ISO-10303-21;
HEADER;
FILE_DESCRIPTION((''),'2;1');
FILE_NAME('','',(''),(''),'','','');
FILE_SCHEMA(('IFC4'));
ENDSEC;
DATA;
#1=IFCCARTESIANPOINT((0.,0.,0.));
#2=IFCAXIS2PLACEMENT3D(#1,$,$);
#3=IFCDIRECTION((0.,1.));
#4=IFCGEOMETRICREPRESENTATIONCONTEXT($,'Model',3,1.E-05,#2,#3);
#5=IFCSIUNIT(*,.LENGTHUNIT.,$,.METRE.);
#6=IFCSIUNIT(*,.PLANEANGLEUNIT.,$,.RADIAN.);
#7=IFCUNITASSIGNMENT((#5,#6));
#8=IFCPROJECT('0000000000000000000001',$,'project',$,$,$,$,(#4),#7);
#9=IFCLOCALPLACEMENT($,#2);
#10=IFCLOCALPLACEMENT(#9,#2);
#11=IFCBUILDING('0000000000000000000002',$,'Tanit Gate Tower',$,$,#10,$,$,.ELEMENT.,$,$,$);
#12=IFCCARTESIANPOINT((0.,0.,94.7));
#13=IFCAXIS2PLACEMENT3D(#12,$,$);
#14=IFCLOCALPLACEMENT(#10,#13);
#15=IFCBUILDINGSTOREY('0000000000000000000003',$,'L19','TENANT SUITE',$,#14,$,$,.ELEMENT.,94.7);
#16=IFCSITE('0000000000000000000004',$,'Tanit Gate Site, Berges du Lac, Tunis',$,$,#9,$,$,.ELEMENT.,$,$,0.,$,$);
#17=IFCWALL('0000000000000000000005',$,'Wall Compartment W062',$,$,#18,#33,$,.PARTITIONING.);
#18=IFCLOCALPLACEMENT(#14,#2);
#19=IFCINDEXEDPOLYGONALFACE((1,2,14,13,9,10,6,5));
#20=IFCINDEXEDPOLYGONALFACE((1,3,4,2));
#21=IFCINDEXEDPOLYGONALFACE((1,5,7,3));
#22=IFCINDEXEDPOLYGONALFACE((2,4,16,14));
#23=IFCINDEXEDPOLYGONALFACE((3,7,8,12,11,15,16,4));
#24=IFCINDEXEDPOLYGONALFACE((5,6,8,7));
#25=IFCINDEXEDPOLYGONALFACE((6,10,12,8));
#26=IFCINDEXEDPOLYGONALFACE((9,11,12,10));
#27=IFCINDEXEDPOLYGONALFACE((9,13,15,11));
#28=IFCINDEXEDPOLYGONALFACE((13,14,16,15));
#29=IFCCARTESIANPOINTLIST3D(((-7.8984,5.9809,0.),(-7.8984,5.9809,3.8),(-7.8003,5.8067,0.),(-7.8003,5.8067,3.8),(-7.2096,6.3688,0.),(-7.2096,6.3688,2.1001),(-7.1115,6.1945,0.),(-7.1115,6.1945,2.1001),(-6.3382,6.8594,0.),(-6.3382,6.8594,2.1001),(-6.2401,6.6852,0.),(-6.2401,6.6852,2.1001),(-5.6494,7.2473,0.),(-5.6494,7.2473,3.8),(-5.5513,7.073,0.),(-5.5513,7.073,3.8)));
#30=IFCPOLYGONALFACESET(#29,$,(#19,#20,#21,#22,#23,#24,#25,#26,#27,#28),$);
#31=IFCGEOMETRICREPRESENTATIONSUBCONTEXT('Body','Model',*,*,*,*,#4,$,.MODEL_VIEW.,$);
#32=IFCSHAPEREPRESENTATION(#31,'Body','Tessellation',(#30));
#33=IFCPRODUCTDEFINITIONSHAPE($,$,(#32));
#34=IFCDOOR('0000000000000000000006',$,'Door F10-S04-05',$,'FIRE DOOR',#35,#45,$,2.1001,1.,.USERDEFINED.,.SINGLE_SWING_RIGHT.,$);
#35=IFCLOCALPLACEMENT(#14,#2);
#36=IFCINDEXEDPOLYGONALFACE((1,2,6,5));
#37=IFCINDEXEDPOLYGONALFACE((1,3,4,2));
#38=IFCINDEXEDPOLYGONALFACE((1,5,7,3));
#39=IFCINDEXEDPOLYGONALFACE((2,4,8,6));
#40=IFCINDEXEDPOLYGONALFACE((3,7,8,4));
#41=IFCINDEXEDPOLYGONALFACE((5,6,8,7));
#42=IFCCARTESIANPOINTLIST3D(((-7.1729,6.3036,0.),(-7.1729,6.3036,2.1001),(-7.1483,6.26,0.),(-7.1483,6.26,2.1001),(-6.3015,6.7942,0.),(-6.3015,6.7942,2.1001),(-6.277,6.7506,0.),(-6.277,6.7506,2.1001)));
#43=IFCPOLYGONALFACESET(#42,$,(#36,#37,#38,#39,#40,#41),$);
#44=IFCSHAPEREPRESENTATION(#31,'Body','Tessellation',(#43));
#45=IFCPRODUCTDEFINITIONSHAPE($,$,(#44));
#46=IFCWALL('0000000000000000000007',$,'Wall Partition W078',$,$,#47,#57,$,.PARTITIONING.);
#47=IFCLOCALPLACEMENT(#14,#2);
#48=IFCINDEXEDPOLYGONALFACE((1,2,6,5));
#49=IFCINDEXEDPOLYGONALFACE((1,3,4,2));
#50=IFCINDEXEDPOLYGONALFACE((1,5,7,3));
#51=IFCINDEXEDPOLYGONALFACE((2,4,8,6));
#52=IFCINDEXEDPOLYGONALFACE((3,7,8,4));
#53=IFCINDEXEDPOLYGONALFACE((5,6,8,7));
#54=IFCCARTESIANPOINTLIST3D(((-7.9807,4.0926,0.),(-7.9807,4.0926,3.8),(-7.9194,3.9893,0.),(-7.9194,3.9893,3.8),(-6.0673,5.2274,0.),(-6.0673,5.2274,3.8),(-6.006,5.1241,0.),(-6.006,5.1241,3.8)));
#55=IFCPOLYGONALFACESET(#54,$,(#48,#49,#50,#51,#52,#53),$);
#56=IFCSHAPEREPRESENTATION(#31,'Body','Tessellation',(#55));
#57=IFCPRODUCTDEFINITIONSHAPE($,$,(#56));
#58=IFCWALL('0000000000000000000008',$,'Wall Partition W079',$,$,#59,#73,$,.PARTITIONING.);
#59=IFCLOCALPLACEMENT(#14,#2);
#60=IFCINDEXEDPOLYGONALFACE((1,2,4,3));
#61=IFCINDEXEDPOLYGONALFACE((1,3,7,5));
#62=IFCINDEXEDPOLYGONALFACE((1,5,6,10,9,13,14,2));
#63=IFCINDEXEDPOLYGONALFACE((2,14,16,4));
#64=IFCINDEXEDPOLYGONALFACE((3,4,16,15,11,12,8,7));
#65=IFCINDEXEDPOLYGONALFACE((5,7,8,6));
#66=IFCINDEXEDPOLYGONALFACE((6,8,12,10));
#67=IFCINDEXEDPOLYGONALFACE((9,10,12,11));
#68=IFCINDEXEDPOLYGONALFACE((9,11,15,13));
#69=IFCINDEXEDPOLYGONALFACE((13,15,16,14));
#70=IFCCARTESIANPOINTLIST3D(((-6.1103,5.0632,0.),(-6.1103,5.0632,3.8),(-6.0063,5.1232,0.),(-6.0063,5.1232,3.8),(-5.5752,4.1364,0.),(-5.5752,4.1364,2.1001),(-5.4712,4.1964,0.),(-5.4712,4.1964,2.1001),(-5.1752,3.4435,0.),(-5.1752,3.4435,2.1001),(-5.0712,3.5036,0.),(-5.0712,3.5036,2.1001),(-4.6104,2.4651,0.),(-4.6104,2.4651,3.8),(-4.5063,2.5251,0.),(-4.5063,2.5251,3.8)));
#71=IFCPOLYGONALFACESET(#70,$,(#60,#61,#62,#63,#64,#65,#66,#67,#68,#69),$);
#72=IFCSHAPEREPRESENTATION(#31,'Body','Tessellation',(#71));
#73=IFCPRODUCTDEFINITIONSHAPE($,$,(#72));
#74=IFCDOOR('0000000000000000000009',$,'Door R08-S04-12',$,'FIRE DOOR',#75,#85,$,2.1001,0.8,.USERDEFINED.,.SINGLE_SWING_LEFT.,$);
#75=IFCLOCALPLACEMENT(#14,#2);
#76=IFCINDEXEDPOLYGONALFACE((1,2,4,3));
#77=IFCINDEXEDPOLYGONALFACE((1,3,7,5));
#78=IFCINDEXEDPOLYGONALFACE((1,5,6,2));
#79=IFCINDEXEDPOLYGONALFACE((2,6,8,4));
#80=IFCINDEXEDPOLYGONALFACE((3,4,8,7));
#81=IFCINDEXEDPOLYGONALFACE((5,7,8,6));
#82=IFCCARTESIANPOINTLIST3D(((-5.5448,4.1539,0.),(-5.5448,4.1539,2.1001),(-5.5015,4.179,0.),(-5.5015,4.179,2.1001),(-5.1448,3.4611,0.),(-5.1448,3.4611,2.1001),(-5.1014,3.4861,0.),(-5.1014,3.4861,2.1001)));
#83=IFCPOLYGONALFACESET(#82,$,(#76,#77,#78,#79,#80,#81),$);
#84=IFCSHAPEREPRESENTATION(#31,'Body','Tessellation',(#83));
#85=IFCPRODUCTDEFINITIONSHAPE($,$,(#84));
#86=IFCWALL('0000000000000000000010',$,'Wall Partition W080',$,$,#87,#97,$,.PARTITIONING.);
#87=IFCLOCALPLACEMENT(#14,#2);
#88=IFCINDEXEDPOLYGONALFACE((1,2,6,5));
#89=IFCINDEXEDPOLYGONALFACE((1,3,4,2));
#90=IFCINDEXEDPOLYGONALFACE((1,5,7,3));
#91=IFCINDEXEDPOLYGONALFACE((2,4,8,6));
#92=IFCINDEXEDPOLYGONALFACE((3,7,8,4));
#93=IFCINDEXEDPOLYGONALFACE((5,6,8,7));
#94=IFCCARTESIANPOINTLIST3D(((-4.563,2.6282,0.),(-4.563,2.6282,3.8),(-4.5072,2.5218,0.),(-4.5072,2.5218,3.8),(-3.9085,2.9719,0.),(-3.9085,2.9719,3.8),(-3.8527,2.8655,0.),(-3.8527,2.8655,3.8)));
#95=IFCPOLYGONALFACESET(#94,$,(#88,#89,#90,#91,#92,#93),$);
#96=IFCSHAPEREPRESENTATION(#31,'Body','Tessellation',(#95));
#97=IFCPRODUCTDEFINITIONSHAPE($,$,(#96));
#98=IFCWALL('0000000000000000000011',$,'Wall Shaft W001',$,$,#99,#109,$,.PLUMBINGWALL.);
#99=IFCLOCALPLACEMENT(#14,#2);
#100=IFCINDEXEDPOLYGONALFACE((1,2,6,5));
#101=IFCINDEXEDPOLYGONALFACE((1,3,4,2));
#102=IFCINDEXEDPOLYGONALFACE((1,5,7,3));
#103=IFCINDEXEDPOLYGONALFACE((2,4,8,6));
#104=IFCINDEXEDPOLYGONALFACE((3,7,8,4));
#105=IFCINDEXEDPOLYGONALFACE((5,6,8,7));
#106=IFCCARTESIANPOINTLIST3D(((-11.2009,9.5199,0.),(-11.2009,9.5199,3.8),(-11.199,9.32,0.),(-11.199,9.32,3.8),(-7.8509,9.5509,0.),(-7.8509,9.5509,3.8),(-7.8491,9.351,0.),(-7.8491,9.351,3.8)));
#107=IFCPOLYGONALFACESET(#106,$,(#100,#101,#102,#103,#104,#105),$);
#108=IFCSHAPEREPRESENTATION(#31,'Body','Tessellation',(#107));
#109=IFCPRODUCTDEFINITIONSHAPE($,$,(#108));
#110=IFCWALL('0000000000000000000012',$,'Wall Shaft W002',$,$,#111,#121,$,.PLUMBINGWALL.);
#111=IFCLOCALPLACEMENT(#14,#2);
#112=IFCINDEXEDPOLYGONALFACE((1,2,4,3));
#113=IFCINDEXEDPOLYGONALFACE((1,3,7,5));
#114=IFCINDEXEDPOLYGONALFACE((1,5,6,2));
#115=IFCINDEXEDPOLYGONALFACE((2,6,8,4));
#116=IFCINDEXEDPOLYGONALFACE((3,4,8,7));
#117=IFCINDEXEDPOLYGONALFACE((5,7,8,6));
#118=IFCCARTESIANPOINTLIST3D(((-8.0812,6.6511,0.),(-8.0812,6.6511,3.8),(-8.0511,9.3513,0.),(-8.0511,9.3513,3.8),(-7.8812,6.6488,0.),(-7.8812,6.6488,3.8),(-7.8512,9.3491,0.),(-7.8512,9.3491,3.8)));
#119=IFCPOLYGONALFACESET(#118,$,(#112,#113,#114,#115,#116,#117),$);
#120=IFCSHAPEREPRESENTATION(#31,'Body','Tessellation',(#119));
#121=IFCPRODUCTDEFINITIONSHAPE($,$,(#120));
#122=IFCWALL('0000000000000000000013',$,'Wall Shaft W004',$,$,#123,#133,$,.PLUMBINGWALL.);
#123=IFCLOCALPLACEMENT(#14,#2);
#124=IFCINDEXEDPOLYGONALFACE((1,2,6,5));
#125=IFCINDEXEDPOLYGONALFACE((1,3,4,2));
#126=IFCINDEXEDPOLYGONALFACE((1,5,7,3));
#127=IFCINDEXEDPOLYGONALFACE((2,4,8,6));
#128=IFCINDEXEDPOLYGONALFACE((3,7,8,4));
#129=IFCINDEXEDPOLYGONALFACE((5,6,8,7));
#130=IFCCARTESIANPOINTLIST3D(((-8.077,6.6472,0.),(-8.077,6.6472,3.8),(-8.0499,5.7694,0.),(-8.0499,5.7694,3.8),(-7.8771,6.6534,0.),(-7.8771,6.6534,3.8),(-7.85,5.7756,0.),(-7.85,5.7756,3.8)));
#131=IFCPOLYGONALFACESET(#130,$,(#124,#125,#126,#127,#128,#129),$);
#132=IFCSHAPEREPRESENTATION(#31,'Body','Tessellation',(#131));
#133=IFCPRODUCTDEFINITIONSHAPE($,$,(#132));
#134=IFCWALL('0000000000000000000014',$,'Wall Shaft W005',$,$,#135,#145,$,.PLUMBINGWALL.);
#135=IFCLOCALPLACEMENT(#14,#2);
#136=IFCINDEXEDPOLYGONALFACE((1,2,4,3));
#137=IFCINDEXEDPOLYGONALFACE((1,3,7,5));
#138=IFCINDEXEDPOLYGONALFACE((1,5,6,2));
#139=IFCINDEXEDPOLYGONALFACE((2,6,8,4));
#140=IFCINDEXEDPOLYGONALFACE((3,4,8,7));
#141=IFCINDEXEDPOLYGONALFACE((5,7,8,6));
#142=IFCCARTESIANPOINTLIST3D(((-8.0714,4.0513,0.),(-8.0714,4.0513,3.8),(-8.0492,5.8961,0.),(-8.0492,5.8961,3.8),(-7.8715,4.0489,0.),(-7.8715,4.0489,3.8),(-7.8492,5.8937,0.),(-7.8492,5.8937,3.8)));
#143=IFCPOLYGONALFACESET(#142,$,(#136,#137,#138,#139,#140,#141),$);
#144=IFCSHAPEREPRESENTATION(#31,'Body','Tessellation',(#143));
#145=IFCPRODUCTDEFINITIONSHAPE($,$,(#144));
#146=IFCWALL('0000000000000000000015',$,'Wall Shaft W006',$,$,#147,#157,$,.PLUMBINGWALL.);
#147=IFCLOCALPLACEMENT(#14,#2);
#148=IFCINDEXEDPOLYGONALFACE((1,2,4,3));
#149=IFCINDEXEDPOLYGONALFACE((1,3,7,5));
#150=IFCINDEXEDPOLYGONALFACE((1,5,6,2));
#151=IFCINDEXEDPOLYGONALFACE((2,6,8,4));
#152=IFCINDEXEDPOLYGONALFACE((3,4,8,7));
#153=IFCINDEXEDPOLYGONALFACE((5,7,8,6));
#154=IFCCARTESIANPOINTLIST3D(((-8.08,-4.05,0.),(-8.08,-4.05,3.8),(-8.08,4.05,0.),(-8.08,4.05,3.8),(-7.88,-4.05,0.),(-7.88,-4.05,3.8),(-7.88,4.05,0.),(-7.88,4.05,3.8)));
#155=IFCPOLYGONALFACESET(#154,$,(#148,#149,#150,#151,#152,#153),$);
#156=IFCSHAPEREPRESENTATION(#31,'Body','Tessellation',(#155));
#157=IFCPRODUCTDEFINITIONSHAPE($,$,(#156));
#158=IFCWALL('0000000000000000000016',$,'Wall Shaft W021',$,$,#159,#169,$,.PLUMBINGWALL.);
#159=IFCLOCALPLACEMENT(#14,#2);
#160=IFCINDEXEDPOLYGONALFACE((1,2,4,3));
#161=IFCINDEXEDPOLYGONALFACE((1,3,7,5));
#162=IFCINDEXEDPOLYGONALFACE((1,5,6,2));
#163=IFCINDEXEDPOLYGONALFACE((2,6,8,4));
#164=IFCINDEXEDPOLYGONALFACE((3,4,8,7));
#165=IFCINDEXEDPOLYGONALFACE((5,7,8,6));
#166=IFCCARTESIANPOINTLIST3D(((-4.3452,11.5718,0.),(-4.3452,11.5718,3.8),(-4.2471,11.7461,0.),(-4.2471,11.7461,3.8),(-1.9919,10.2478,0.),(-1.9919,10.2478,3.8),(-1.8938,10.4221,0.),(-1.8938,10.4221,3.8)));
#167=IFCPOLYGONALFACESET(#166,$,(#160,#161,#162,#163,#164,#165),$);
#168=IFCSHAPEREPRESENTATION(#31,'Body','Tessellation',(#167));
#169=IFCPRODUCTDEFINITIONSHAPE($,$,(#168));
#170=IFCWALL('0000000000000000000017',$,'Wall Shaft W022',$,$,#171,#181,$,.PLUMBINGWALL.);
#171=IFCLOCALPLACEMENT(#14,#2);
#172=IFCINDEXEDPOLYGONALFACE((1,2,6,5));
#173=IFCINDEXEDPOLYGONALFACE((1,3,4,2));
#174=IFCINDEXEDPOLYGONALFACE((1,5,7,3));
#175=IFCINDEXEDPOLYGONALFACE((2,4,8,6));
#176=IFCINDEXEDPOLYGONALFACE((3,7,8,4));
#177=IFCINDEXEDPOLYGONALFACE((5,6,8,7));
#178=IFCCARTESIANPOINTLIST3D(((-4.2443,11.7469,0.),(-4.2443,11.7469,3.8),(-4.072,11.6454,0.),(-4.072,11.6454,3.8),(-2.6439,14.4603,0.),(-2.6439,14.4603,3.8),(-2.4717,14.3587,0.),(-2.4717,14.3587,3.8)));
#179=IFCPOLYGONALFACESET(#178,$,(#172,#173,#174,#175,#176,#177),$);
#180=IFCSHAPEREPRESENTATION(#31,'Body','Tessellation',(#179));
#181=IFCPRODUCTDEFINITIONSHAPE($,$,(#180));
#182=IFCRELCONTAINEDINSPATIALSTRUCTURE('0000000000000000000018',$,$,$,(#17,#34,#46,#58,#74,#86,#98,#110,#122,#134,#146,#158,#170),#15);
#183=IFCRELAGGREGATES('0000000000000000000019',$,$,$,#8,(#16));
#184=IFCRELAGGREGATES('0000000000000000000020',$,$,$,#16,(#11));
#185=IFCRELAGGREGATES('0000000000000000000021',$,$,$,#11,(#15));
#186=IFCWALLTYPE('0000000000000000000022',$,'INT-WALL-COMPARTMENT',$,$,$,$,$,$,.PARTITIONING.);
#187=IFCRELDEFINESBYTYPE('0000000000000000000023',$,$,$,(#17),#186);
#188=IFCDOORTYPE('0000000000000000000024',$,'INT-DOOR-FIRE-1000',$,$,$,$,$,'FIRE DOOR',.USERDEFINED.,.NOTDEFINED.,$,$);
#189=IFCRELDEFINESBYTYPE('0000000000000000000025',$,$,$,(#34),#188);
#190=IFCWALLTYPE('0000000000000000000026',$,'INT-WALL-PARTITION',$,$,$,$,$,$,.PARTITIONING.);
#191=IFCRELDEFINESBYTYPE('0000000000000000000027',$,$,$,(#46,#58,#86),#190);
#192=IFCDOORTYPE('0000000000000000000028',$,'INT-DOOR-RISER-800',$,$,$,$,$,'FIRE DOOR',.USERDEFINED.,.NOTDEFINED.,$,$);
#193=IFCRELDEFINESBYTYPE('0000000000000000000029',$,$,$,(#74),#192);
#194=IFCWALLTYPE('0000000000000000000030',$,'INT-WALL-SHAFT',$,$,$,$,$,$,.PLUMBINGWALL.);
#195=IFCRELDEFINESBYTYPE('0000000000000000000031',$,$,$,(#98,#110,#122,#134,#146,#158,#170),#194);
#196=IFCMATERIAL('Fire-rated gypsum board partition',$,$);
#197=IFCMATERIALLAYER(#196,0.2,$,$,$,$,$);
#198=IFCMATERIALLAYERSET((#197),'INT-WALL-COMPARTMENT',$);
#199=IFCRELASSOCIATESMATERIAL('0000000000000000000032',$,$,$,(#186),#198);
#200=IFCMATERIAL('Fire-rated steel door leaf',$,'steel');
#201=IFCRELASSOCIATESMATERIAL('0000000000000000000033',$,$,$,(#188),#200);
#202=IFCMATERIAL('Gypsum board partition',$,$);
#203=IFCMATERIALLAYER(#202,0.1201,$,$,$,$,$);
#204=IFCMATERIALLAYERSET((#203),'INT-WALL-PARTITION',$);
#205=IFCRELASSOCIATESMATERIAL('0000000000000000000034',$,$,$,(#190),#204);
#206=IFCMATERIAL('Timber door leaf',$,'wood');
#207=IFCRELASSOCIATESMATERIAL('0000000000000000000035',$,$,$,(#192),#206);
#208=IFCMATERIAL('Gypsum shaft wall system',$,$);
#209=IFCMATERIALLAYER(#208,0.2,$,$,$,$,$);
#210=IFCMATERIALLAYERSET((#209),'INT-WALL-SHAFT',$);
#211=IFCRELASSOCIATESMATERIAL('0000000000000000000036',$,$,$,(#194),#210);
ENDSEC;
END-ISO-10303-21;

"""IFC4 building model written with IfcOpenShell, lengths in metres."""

from ifc_helpers import new_model, si_unit, direction, frame, frame_2d, origin, place, context, subcontext, project, spatial, rectangle, extrude, material, layer, layer_set, type_object, element, fill, save


model = new_model("IFC4")

# Units and contexts
model_context = context("Model", 3, precision=1e-05, world=origin(), true_north=direction((0.0, 1.0)))
body_context = subcontext(model_context, "Body", "Model", "MODEL_VIEW")
ifc_project = project(units=[si_unit("LENGTHUNIT", "METRE"), si_unit("PLANEANGLEUNIT", "RADIAN")], contexts=[model_context])

# Site, building, storey
site_placement = place(None, origin())
site = spatial("IfcSite", under=ifc_project, at=site_placement, Name="Tanit Gate Site, Berges du Lac, Tunis", CompositionType="ELEMENT", RefElevation=0.0)
building_placement = place(site_placement, origin())
building = spatial("IfcBuilding", under=site, at=building_placement, Name="Tanit Gate Tower", CompositionType="ELEMENT")
storey_placement = place(building_placement, frame((0.0, 0.0, 94.7)))
storey = spatial("IfcBuildingStorey", under=building, at=storey_placement, Name="L19", Description="TENANT SUITE", CompositionType="ELEMENT", Elevation=94.7)

# Wall, opening, door
ifc_material_1 = material(Name="Fire-rated gypsum board partition")
ifc_layer_1 = layer(ifc_material_1, 0.2)
ifc_layer_set_1 = layer_set([ifc_layer_1], Name="INT-WALL-COMPARTMENT")
wall_type_1 = type_object("IfcWallType", Name="INT-WALL-COMPARTMENT", PredefinedType="PARTITIONING", material=ifc_layer_set_1)
wall_1_placement = place(storey_placement, frame((-5.6003, 7.1602, 0.0), z_axis=(0.0, 0.0, 1.0), x_axis=(-0.871363, -0.490638, 0.0)))
wall_1 = element("IfcWall", 1, at=wall_1_placement, inside=storey, type_object=wall_type_1, Name="Wall Compartment W062", PredefinedType="PARTITIONING", context=body_context, shape_type="SweptSolid", body=[
    extrude(rectangle(XDim=2.5811, YDim=0.2, at=frame_2d((1.2905, 0.0))), origin(), (0.0, 0.0, 1.0), 3.8),
])
opening_1_placement = place(wall_1_placement, frame((0.7905, 0.0, 0.0)))
opening_1 = element("IfcOpeningElement", 2, at=opening_1_placement, cuts=wall_1, PredefinedType="OPENING", context=body_context, shape_type="SweptSolid", body=[
    extrude(rectangle(XDim=1.0, YDim=2.1001, at=frame_2d((0.5, 1.05))), frame((0.0, 0.1099, 0.0), z_axis=(0.0, -1.0, 0.0), x_axis=(1.0, 0.0, 0.0)), (0.0, 0.0, 1.0), 0.22),
])
ifc_material_2 = material(Name="Fire-rated steel door leaf", Category="steel")
door_type_1 = type_object("IfcDoorType", Name="INT-DOOR-FIRE-1000", ElementType="FIRE DOOR", OperationType="NOTDEFINED", PredefinedType="USERDEFINED", material=ifc_material_2)
door_1_placement = place(opening_1_placement, origin())
door_1 = element("IfcDoor", 3, at=door_1_placement, inside=storey, type_object=door_type_1, Name="Door F10-S04-05", ObjectType="FIRE DOOR", OperationType="SINGLE_SWING_RIGHT", OverallHeight=2.1001, OverallWidth=1.0, PredefinedType="USERDEFINED", context=body_context, shape_type="SweptSolid", body=[
    extrude(rectangle(XDim=1.0, YDim=2.1001, at=frame_2d((0.5, 1.05))), frame((0.0, 0.0249, 0.0), z_axis=(0.0, -1.0, 0.0), x_axis=(1.0, 0.0, 0.0)), (0.0, 0.0, 1.0), 0.05),
])
fill(opening_1, door_1)

# Wall
ifc_material_3 = material(Name="Gypsum board partition")
ifc_layer_2 = layer(ifc_material_3, 0.1201)
ifc_layer_set_2 = layer_set([ifc_layer_2], Name="INT-WALL-PARTITION")
wall_type_2 = type_object("IfcWallType", Name="INT-WALL-PARTITION", PredefinedType="PARTITIONING", material=ifc_layer_set_2)
wall_2_placement = place(storey_placement, frame((-6.0366, 5.1758, 0.0), z_axis=(0.0, 0.0, 1.0), x_axis=(-0.860106, -0.510115, 0.0)))
element("IfcWall", 4, at=wall_2_placement, inside=storey, type_object=wall_type_2, Name="Wall Partition W078", PredefinedType="PARTITIONING", context=body_context, shape_type="SweptSolid", body=[
    extrude(rectangle(XDim=2.2246, YDim=0.1201, at=frame_2d((1.1123, 0.0))), origin(), (0.0, 0.0, 1.0), 3.8),
])

# Wall, opening, door
wall_3_placement = place(storey_placement, frame((-4.5583, 2.4951, 0.0), z_axis=(0.0, 0.0, 1.0), x_axis=(-0.49999, 0.866031, 0.0)))
wall_3 = element("IfcWall", 5, at=wall_3_placement, inside=storey, type_object=wall_type_2, Name="Wall Partition W079", PredefinedType="PARTITIONING", context=body_context, shape_type="SweptSolid", body=[
    extrude(rectangle(XDim=3.0, YDim=0.1201, at=frame_2d((1.5, 0.0))), origin(), (0.0, 0.0, 1.0), 3.8),
])
opening_2_placement = place(wall_3_placement, frame((1.1299, 0.0, 0.0)))
opening_2 = element("IfcOpeningElement", 6, at=opening_2_placement, cuts=wall_3, PredefinedType="OPENING", context=body_context, shape_type="SweptSolid", body=[
    extrude(rectangle(XDim=0.8, YDim=2.1001, at=frame_2d((0.3999, 1.05))), frame((0.0, 0.0701, 0.0), z_axis=(0.0, -1.0, 0.0), x_axis=(1.0, 0.0, 0.0)), (0.0, 0.0, 1.0), 0.1401),
])
ifc_material_4 = material(Name="Timber door leaf", Category="wood")
door_type_2 = type_object("IfcDoorType", Name="INT-DOOR-RISER-800", ElementType="FIRE DOOR", OperationType="NOTDEFINED", PredefinedType="USERDEFINED", material=ifc_material_4)
door_2_placement = place(opening_2_placement, origin())
door_2 = element("IfcDoor", 7, at=door_2_placement, inside=storey, type_object=door_type_2, Name="Door R08-S04-12", ObjectType="FIRE DOOR", OperationType="SINGLE_SWING_LEFT", OverallHeight=2.1001, OverallWidth=0.8, PredefinedType="USERDEFINED", context=body_context, shape_type="SweptSolid", body=[
    extrude(rectangle(XDim=0.8, YDim=2.1001, at=frame_2d((0.3999, 1.05))), frame((0.0, 0.0249, 0.0), z_axis=(0.0, -1.0, 0.0), x_axis=(1.0, 0.0, 0.0)), (0.0, 0.0, 1.0), 0.05),
])
fill(opening_2, door_2)

# Walls
wall_4_placement = place(storey_placement, frame((-3.8806, 2.9187, 0.0), z_axis=(0.0, 0.0, 1.0), x_axis=(-0.885333, -0.464957, 0.0)))
element("IfcWall", 8, at=wall_4_placement, inside=storey, type_object=wall_type_2, Name="Wall Partition W080", PredefinedType="PARTITIONING", context=body_context, shape_type="SweptSolid", body=[
    extrude(rectangle(XDim=0.7393, YDim=0.1201, at=frame_2d((0.3696, 0.0))), origin(), (0.0, 0.0, 1.0), 3.8),
])
ifc_material_5 = material(Name="Gypsum shaft wall system")
ifc_layer_3 = layer(ifc_material_5, 0.2)
ifc_layer_set_3 = layer_set([ifc_layer_3], Name="INT-WALL-SHAFT")
wall_type_3 = type_object("IfcWallType", Name="INT-WALL-SHAFT", PredefinedType="PLUMBINGWALL", material=ifc_layer_set_3)
wall_5_placement = place(storey_placement, frame((-11.2, 9.4199, 0.0), z_axis=(0.0, 0.0, 1.0), x_axis=(0.999957, 0.009255, 0.0)))
element("IfcWall", 9, at=wall_5_placement, inside=storey, type_object=wall_type_3, Name="Wall Shaft W001", PredefinedType="PLUMBINGWALL", context=body_context, shape_type="SweptSolid", body=[
    extrude(rectangle(XDim=3.3501, YDim=0.2, at=frame_2d((1.675, 0.0))), origin(), (0.0, 0.0, 1.0), 3.8),
])
wall_6_placement = place(storey_placement, frame((-7.9512, 9.3501, 0.0), z_axis=(0.0, 0.0, 1.0), x_axis=(-0.01112, -0.999938, 0.0)))
element("IfcWall", 10, at=wall_6_placement, inside=storey, type_object=wall_type_3, Name="Wall Shaft W002", PredefinedType="PLUMBINGWALL", context=body_context, shape_type="SweptSolid", body=[
    extrude(rectangle(XDim=2.7004, YDim=0.2, at=frame_2d((1.3501, 0.0))), origin(), (0.0, 0.0, 1.0), 3.8),
])
wall_7_placement = place(storey_placement, frame((-7.9771, 6.6501, 0.0), z_axis=(0.0, 0.0, 1.0), x_axis=(0.030862, -0.999524, 0.0)))
element("IfcWall", 11, at=wall_7_placement, inside=storey, type_object=wall_type_3, Name="Wall Shaft W004", PredefinedType="PLUMBINGWALL", context=body_context, shape_type="SweptSolid", body=[
    extrude(rectangle(XDim=0.8782, YDim=0.2, at=frame_2d((0.439, 0.0))), origin(), (0.0, 0.0, 1.0), 3.8),
])
wall_8_placement = place(storey_placement, frame((-7.9492, 5.8948, 0.0), z_axis=(0.0, 0.0, 1.0), x_axis=(-0.012043, -0.999927, 0.0)))
element("IfcWall", 12, at=wall_8_placement, inside=storey, type_object=wall_type_3, Name="Wall Shaft W005", PredefinedType="PLUMBINGWALL", context=body_context, shape_type="SweptSolid", body=[
    extrude(rectangle(XDim=1.845, YDim=0.2, at=frame_2d((0.9224, 0.0))), origin(), (0.0, 0.0, 1.0), 3.8),
])
wall_9_placement = place(storey_placement, frame((-7.98, 4.05, 0.0), z_axis=(0.0, 0.0, 1.0), x_axis=(0.0, -1.0, 0.0)))
element("IfcWall", 13, at=wall_9_placement, inside=storey, type_object=wall_type_3, Name="Wall Shaft W006", PredefinedType="PLUMBINGWALL", context=body_context, shape_type="SweptSolid", body=[
    extrude(rectangle(XDim=8.1001, YDim=0.2, at=frame_2d((4.05, 0.0))), origin(), (0.0, 0.0, 1.0), 3.8),
])
wall_10_placement = place(storey_placement, frame((-4.2961, 11.6589, 0.0), z_axis=(0.0, 0.0, 1.0), x_axis=(0.871534, -0.490334, 0.0)))
element("IfcWall", 14, at=wall_10_placement, inside=storey, type_object=wall_type_3, Name="Wall Shaft W021", PredefinedType="PLUMBINGWALL", context=body_context, shape_type="SweptSolid", body=[
    extrude(rectangle(XDim=2.7002, YDim=0.2, at=frame_2d((1.3501, 0.0))), origin(), (0.0, 0.0, 1.0), 3.8),
])
wall_11_placement = place(storey_placement, frame((-4.1582, 11.696, 0.0), z_axis=(0.0, 0.0, 1.0), x_axis=(0.508019, 0.861346, 0.0)))
element("IfcWall", 15, at=wall_11_placement, inside=storey, type_object=wall_type_3, Name="Wall Shaft W022", PredefinedType="PLUMBINGWALL", context=body_context, shape_type="SweptSolid", body=[
    extrude(rectangle(XDim=3.1501, YDim=0.2, at=frame_2d((1.5752, 0.0))), origin(), (0.0, 0.0, 1.0), 3.8),
])

save(model, "model.ifc")
